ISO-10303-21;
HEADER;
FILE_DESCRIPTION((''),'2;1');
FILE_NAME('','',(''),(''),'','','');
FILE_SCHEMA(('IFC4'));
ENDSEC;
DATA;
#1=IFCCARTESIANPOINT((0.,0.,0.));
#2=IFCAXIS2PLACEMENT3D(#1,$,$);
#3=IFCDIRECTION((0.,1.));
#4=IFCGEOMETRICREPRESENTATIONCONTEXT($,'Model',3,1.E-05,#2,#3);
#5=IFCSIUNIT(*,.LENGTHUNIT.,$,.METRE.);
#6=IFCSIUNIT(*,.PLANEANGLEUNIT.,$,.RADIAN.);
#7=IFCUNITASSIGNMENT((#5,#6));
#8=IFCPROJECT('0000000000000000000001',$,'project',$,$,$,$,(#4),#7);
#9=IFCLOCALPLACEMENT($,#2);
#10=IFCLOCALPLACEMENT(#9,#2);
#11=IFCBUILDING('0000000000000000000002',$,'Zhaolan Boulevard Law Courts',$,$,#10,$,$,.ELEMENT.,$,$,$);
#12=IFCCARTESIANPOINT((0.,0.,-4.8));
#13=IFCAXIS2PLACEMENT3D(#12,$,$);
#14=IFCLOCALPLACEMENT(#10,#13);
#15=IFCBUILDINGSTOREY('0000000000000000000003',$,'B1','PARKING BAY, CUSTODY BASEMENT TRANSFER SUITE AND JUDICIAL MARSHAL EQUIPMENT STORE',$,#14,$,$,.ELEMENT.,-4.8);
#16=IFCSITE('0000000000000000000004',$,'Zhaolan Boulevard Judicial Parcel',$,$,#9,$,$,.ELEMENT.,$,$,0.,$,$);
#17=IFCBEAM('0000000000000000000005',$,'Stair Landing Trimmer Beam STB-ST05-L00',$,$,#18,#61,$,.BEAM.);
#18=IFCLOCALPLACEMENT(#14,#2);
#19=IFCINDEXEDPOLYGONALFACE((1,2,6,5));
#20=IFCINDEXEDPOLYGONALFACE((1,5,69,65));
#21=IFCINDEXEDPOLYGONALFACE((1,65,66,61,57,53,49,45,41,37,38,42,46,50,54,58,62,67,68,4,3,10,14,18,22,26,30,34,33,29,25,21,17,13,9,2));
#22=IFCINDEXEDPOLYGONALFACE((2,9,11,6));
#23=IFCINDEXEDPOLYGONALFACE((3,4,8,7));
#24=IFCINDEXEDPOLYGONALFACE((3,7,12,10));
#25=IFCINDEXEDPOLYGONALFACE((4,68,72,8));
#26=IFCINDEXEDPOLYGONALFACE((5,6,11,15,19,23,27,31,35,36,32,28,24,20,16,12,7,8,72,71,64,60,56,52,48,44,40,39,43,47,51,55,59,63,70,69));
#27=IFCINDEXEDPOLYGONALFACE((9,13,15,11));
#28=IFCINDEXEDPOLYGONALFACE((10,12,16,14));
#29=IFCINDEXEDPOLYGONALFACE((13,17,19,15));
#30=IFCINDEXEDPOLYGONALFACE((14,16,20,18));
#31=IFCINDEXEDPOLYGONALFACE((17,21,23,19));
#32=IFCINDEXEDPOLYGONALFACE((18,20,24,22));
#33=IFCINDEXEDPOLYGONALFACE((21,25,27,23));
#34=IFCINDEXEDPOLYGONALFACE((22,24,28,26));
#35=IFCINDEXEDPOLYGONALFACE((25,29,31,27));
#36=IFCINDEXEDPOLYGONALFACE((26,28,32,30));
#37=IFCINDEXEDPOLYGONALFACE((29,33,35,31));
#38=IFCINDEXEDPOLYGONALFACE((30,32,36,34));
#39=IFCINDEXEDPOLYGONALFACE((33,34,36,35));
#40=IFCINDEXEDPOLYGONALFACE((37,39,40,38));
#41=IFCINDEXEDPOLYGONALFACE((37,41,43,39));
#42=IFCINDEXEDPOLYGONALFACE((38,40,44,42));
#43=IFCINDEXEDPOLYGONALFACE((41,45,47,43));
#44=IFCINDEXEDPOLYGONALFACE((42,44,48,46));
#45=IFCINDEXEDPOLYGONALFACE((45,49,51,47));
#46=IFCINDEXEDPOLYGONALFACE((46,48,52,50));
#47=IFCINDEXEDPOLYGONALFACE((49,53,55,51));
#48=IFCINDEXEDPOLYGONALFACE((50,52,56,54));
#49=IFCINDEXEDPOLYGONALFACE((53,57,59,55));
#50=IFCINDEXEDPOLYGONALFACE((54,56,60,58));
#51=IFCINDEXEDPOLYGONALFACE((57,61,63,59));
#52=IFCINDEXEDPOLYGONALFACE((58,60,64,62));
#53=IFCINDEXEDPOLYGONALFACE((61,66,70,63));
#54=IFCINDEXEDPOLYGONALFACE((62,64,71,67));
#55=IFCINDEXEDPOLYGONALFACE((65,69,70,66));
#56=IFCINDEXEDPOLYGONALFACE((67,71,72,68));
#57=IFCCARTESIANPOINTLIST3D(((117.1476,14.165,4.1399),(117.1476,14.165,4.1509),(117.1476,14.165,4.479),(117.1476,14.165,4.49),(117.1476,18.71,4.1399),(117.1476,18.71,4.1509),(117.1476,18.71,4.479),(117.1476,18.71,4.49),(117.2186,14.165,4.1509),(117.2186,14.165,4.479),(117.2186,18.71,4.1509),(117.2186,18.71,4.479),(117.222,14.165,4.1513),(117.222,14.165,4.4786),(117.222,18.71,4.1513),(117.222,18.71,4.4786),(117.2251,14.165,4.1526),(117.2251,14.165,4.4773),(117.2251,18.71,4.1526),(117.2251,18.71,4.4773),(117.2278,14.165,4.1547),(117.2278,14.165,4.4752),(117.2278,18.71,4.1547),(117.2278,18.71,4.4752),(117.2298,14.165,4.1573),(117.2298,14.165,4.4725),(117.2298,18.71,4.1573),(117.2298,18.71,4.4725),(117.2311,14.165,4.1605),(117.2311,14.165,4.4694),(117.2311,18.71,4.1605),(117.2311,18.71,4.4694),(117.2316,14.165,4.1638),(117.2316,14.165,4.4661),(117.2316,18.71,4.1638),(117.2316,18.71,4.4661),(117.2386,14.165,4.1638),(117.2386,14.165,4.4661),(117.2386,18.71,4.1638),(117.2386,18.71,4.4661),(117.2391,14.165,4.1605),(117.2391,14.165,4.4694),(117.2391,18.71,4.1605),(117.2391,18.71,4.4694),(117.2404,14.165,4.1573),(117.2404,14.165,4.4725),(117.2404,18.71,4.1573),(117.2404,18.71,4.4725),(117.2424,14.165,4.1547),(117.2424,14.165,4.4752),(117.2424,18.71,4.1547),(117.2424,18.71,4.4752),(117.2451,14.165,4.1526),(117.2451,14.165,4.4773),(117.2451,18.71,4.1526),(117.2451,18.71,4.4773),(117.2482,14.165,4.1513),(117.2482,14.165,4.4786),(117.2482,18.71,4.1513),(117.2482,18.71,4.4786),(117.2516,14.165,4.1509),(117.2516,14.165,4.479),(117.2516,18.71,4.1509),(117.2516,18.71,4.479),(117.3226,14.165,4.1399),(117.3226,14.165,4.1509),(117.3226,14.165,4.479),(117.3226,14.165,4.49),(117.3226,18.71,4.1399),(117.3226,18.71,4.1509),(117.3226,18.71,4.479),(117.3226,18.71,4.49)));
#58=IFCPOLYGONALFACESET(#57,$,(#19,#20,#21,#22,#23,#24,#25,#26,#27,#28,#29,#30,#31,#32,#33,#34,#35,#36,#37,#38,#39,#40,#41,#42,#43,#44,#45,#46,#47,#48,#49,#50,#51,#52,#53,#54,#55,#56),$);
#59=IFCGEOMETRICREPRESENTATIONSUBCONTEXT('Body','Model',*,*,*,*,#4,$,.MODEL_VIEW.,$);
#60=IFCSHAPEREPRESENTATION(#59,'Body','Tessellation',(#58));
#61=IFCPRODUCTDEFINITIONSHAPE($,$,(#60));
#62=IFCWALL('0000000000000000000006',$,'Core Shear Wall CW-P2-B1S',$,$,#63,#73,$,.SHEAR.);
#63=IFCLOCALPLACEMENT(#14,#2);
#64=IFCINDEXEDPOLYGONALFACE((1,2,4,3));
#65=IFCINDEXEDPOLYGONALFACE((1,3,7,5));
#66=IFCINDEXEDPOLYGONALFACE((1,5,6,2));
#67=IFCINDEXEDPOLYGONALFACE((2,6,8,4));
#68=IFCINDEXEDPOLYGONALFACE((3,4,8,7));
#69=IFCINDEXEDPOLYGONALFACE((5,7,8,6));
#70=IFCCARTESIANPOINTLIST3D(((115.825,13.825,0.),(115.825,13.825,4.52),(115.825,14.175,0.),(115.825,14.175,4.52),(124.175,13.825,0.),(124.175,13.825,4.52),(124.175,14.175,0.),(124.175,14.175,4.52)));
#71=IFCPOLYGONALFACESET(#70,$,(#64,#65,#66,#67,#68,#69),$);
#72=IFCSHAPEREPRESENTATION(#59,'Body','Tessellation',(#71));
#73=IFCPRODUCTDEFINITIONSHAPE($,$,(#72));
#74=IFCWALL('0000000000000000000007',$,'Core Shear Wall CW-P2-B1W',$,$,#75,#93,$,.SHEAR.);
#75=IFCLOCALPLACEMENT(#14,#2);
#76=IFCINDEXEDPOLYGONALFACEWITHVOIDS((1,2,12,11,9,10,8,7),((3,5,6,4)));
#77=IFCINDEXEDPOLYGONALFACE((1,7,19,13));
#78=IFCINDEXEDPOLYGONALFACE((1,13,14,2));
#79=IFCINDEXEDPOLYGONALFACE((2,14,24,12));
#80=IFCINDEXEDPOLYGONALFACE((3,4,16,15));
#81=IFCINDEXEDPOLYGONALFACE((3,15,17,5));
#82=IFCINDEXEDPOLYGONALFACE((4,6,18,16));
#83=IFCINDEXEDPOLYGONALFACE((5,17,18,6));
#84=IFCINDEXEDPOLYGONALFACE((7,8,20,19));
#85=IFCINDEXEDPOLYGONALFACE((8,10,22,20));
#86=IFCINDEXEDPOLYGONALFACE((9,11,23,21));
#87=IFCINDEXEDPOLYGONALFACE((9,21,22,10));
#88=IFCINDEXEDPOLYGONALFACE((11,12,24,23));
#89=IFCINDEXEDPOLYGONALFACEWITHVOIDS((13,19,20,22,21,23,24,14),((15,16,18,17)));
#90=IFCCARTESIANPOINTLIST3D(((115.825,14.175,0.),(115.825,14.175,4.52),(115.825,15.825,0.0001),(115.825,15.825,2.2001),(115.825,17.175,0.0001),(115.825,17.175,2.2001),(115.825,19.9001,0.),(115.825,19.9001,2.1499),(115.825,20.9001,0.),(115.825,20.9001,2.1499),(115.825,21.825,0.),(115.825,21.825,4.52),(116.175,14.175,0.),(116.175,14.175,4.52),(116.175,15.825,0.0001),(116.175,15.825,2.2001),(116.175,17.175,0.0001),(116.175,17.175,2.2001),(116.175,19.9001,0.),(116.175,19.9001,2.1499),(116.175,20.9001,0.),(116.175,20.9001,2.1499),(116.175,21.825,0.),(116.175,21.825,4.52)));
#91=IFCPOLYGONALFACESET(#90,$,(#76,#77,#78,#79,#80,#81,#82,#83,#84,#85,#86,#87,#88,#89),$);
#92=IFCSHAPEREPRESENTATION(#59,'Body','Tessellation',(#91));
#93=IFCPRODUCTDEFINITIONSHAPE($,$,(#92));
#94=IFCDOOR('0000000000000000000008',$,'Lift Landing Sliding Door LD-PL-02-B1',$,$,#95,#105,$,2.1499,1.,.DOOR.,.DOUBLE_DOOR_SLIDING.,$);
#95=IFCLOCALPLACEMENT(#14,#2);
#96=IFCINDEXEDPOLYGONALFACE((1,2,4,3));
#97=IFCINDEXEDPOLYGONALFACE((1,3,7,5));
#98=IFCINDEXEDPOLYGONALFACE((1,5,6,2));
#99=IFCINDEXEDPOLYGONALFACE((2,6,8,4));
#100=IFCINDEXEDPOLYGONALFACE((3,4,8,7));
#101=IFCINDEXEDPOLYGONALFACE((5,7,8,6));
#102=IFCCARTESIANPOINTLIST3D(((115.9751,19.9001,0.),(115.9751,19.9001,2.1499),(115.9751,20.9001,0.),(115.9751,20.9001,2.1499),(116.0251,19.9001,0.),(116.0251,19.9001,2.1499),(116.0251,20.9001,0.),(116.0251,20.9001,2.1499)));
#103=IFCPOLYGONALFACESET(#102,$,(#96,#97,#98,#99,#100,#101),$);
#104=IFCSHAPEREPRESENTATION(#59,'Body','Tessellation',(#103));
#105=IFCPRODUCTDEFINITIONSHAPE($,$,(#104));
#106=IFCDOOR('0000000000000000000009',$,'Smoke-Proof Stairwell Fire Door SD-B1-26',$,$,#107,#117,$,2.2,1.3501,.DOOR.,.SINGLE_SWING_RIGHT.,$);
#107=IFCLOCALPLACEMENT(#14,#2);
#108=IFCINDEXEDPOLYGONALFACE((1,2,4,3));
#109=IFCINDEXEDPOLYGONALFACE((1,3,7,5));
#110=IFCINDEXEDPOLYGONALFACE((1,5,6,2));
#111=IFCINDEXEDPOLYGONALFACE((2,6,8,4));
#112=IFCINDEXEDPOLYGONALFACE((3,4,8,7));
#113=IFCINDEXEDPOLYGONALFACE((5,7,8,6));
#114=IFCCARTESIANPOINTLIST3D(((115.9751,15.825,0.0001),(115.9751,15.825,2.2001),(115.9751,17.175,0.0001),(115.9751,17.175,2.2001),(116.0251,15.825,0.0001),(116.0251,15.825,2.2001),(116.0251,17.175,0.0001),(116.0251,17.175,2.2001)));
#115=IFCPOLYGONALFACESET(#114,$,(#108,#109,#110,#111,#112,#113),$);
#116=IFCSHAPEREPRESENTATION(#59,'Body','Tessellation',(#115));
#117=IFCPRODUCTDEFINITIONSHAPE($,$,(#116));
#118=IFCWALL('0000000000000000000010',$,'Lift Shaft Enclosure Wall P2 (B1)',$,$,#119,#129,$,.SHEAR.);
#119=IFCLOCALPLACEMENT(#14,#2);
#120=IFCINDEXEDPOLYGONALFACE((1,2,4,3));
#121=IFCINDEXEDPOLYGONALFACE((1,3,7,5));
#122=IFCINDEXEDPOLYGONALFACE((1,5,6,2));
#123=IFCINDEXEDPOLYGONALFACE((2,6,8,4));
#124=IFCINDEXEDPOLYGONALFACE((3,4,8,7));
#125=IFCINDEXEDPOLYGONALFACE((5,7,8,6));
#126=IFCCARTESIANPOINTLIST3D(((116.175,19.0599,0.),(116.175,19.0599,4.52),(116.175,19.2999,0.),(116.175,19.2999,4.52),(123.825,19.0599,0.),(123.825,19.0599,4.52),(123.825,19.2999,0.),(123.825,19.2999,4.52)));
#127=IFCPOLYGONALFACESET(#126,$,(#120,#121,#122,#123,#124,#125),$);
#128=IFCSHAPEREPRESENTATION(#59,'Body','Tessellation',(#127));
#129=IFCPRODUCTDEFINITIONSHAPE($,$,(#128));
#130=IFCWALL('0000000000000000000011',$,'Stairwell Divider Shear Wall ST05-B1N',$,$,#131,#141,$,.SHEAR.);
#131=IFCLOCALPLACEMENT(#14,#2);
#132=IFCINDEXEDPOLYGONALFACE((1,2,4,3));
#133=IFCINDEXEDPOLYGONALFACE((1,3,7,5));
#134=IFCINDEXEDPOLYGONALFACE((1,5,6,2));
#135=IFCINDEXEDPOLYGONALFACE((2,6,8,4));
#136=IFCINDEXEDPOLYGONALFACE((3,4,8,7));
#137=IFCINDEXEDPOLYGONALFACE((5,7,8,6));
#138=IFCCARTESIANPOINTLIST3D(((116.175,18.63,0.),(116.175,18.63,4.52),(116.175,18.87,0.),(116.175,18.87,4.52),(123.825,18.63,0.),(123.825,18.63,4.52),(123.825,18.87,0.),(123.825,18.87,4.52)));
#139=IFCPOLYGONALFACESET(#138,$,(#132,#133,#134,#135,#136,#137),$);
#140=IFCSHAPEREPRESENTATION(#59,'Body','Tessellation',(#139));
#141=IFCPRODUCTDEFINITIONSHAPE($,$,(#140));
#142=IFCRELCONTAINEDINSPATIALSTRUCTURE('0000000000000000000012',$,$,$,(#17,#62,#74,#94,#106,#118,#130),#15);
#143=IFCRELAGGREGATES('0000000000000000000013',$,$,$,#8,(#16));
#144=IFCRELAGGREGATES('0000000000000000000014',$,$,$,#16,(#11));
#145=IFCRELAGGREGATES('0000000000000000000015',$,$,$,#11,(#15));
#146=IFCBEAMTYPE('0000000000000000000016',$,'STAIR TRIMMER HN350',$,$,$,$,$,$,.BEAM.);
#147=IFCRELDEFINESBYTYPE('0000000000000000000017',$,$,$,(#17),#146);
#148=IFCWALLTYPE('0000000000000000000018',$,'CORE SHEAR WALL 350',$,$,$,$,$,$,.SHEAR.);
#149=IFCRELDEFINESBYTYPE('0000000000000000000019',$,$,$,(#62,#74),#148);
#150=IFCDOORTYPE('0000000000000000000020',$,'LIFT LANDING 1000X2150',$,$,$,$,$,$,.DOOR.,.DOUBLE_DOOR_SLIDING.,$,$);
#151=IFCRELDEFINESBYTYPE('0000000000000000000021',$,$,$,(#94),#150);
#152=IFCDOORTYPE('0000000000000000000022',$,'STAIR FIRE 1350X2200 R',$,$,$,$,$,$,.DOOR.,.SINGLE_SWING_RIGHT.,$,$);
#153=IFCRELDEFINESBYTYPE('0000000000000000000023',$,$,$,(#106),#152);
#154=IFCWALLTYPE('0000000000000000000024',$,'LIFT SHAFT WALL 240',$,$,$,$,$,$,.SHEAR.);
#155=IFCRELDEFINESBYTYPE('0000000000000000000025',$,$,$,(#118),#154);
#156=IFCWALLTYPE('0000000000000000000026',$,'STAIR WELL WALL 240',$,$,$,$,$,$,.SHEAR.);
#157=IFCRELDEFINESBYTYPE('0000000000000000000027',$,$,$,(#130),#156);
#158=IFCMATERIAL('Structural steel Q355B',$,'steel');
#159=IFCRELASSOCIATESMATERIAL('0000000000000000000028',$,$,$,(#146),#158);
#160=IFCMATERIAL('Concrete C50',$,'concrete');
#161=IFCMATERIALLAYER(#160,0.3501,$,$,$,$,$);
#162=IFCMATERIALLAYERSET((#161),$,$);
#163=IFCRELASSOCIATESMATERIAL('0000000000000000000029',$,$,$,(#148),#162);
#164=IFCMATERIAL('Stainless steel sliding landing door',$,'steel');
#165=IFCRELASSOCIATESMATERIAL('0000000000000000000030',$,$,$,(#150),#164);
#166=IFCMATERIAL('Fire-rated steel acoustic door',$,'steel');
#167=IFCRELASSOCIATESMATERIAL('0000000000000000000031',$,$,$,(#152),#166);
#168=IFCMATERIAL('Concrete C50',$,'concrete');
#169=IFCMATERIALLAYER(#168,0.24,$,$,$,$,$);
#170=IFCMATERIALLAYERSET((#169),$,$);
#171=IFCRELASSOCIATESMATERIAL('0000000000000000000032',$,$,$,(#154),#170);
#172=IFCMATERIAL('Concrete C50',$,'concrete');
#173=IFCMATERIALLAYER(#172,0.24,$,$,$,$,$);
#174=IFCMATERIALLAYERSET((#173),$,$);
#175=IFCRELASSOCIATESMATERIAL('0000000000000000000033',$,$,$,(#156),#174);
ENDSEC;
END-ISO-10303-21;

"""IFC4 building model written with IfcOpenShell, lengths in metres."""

from ifc_helpers import new_model, si_unit, direction, frame, frame_2d, origin, origin_2d, place, context, subcontext, project, spatial, rectangle, i_section, extrude, material, layer, layer_set, material_profile, profile_set, type_object, element, fill, save


model = new_model("IFC4")

# Units and contexts
model_context = context("Model", 3, precision=1e-05, world=origin(), true_north=direction((0.0, 1.0)))
body_context = subcontext(model_context, "Body", "Model", "MODEL_VIEW")
ifc_project = project(units=[si_unit("LENGTHUNIT", "METRE"), si_unit("PLANEANGLEUNIT", "RADIAN")], contexts=[model_context])

# Site, building, storey
site_placement = place(None, origin())
site = spatial("IfcSite", under=ifc_project, at=site_placement, Name="Zhaolan Boulevard Judicial Parcel", CompositionType="ELEMENT", RefElevation=0.0)
building_placement = place(site_placement, origin())
building = spatial("IfcBuilding", under=site, at=building_placement, Name="Zhaolan Boulevard Law Courts", CompositionType="ELEMENT")
storey_placement = place(building_placement, frame((0.0, 0.0, -4.8)))
storey = spatial("IfcBuildingStorey", under=building, at=storey_placement, Name="B1", Description="PARKING BAY, CUSTODY BASEMENT TRANSFER SUITE AND JUDICIAL MARSHAL EQUIPMENT STORE", CompositionType="ELEMENT", Elevation=-4.8)

# Beam
ifc_material_1 = material(Name="Structural steel Q355B", Category="steel")
ifc_material_profile_1 = material_profile(ifc_material_1, i_section(OverallWidth=0.175, OverallDepth=0.3501, WebThickness=0.0071, FlangeThickness=0.011, FilletRadius=0.0129, at=origin_2d()), Name="HN350x175")
ifc_profile_set_1 = profile_set([ifc_material_profile_1], Name="Structural steel Q355B")
beam_type_1 = type_object("IfcBeamType", Name="STAIR TRIMMER HN350", PredefinedType="BEAM", material=ifc_profile_set_1)
beam_1_placement = place(storey_placement, frame((117.2351, 14.165, 4.3149), z_axis=(0.0, 1.0, 0.0), x_axis=(-1.0, 0.0, 0.0)))
element("IfcBeam", 1, at=beam_1_placement, inside=storey, type_object=beam_type_1, Name="Stair Landing Trimmer Beam STB-ST05-L00", PredefinedType="BEAM", context=body_context, shape_type="SweptSolid", body=[
    extrude(i_section(OverallWidth=0.175, OverallDepth=0.3501, WebThickness=0.0071, FlangeThickness=0.011, FilletRadius=0.0129, at=origin_2d()), origin(), (0.0, 0.0, 1.0), 4.5449),
])

# Wall
ifc_material_2 = material(Name="Concrete C50", Category="concrete")
ifc_layer_1 = layer(ifc_material_2, 0.3501)
ifc_layer_set_1 = layer_set([ifc_layer_1])
wall_type_1 = type_object("IfcWallType", Name="CORE SHEAR WALL 350", PredefinedType="SHEAR", material=ifc_layer_set_1)
wall_1_placement = place(storey_placement, frame((115.825, 14.0, 0.0), z_axis=(0.0, 0.0, 1.0), x_axis=(1.0, 0.0, 0.0)))
element("IfcWall", 2, at=wall_1_placement, inside=storey, type_object=wall_type_1, Name="Core Shear Wall CW-P2-B1S", PredefinedType="SHEAR", context=body_context, shape_type="SweptSolid", body=[
    extrude(rectangle(XDim=8.3501, YDim=0.3501, at=frame_2d((4.175, 0.0))), origin(), (0.0, 0.0, 1.0), 4.52),
])

# Wall, openings, doors
wall_2_placement = place(storey_placement, frame((116.0, 14.175, 0.0), z_axis=(0.0, 0.0, 1.0), x_axis=(0.0, 1.0, 0.0)))
wall_2 = element("IfcWall", 3, at=wall_2_placement, inside=storey, type_object=wall_type_1, Name="Core Shear Wall CW-P2-B1W", PredefinedType="SHEAR", context=body_context, shape_type="SweptSolid", body=[
    extrude(rectangle(XDim=7.6499, YDim=0.3501, at=frame_2d((3.825, 0.0))), origin(), (0.0, 0.0, 1.0), 4.52),
])
opening_1_placement = place(wall_2_placement, frame((1.6499, 0.0, 0.0)))
opening_1 = element("IfcOpeningElement", 4, at=opening_1_placement, cuts=wall_2, PredefinedType="OPENING", context=body_context, shape_type="SweptSolid", body=[
    extrude(rectangle(XDim=1.3501, YDim=2.2, at=frame_2d((0.675, 1.1001))), frame((0.0, 0.1851, 0.0), z_axis=(0.0, -1.0, 0.0), x_axis=(1.0, 0.0, 0.0)), (0.0, 0.0, 1.0), 0.3701),
])
opening_2_placement = place(wall_2_placement, frame((5.7251, 0.0, 0.0)))
opening_2 = element("IfcOpeningElement", 5, at=opening_2_placement, cuts=wall_2, PredefinedType="OPENING", context=body_context, shape_type="SweptSolid", body=[
    extrude(rectangle(XDim=1.0, YDim=2.1499, at=frame_2d((0.5, 1.075))), frame((0.0, 0.1851, 0.0), z_axis=(0.0, -1.0, 0.0), x_axis=(1.0, 0.0, 0.0)), (0.0, 0.0, 1.0), 0.3701),
])
ifc_material_3 = material(Name="Stainless steel sliding landing door", Category="steel")
door_type_1 = type_object("IfcDoorType", Name="LIFT LANDING 1000X2150", OperationType="DOUBLE_DOOR_SLIDING", PredefinedType="DOOR", material=ifc_material_3)
door_1_placement = place(opening_2_placement, origin())
door_1 = element("IfcDoor", 6, at=door_1_placement, inside=storey, type_object=door_type_1, Name="Lift Landing Sliding Door LD-PL-02-B1", OperationType="DOUBLE_DOOR_SLIDING", OverallHeight=2.1499, OverallWidth=1.0, PredefinedType="DOOR", context=body_context, shape_type="SweptSolid", body=[
    extrude(rectangle(XDim=1.0, YDim=2.1499, at=frame_2d((0.5, 1.075))), frame((0.0, 0.0249, 0.0), z_axis=(0.0, -1.0, 0.0), x_axis=(1.0, 0.0, 0.0)), (0.0, 0.0, 1.0), 0.05),
])
fill(opening_2, door_1)
ifc_material_4 = material(Name="Fire-rated steel acoustic door", Category="steel")
door_type_2 = type_object("IfcDoorType", Name="STAIR FIRE 1350X2200 R", OperationType="SINGLE_SWING_RIGHT", PredefinedType="DOOR", material=ifc_material_4)
door_2_placement = place(opening_1_placement, origin())
door_2 = element("IfcDoor", 7, at=door_2_placement, inside=storey, type_object=door_type_2, Name="Smoke-Proof Stairwell Fire Door SD-B1-26", OperationType="SINGLE_SWING_RIGHT", OverallHeight=2.2, OverallWidth=1.3501, PredefinedType="DOOR", context=body_context, shape_type="SweptSolid", body=[
    extrude(rectangle(XDim=1.3501, YDim=2.2, at=frame_2d((0.675, 1.1001))), frame((0.0, 0.0249, 0.0), z_axis=(0.0, -1.0, 0.0), x_axis=(1.0, 0.0, 0.0)), (0.0, 0.0, 1.0), 0.05),
])
fill(opening_1, door_2)

# Walls
ifc_material_5 = material(Name="Concrete C50", Category="concrete")
ifc_layer_2 = layer(ifc_material_5, 0.24)
ifc_layer_set_2 = layer_set([ifc_layer_2])
wall_type_2 = type_object("IfcWallType", Name="LIFT SHAFT WALL 240", PredefinedType="SHEAR", material=ifc_layer_set_2)
wall_3_placement = place(storey_placement, frame((116.175, 19.1799, 0.0), z_axis=(0.0, 0.0, 1.0), x_axis=(1.0, 0.0, 0.0)))
element("IfcWall", 8, at=wall_3_placement, inside=storey, type_object=wall_type_2, Name="Lift Shaft Enclosure Wall P2 (B1)", PredefinedType="SHEAR", context=body_context, shape_type="SweptSolid", body=[
    extrude(rectangle(XDim=7.6499, YDim=0.24, at=frame_2d((3.825, 0.0))), origin(), (0.0, 0.0, 1.0), 4.52),
])
ifc_material_6 = material(Name="Concrete C50", Category="concrete")
ifc_layer_3 = layer(ifc_material_6, 0.24)
ifc_layer_set_3 = layer_set([ifc_layer_3])
wall_type_3 = type_object("IfcWallType", Name="STAIR WELL WALL 240", PredefinedType="SHEAR", material=ifc_layer_set_3)
wall_4_placement = place(storey_placement, frame((116.175, 18.75, 0.0), z_axis=(0.0, 0.0, 1.0), x_axis=(1.0, 0.0, 0.0)))
element("IfcWall", 9, at=wall_4_placement, inside=storey, type_object=wall_type_3, Name="Stairwell Divider Shear Wall ST05-B1N", PredefinedType="SHEAR", context=body_context, shape_type="SweptSolid", body=[
    extrude(rectangle(XDim=7.6499, YDim=0.24, at=frame_2d((3.825, 0.0))), origin(), (0.0, 0.0, 1.0), 4.52),
])

save(model, "model.ifc")
